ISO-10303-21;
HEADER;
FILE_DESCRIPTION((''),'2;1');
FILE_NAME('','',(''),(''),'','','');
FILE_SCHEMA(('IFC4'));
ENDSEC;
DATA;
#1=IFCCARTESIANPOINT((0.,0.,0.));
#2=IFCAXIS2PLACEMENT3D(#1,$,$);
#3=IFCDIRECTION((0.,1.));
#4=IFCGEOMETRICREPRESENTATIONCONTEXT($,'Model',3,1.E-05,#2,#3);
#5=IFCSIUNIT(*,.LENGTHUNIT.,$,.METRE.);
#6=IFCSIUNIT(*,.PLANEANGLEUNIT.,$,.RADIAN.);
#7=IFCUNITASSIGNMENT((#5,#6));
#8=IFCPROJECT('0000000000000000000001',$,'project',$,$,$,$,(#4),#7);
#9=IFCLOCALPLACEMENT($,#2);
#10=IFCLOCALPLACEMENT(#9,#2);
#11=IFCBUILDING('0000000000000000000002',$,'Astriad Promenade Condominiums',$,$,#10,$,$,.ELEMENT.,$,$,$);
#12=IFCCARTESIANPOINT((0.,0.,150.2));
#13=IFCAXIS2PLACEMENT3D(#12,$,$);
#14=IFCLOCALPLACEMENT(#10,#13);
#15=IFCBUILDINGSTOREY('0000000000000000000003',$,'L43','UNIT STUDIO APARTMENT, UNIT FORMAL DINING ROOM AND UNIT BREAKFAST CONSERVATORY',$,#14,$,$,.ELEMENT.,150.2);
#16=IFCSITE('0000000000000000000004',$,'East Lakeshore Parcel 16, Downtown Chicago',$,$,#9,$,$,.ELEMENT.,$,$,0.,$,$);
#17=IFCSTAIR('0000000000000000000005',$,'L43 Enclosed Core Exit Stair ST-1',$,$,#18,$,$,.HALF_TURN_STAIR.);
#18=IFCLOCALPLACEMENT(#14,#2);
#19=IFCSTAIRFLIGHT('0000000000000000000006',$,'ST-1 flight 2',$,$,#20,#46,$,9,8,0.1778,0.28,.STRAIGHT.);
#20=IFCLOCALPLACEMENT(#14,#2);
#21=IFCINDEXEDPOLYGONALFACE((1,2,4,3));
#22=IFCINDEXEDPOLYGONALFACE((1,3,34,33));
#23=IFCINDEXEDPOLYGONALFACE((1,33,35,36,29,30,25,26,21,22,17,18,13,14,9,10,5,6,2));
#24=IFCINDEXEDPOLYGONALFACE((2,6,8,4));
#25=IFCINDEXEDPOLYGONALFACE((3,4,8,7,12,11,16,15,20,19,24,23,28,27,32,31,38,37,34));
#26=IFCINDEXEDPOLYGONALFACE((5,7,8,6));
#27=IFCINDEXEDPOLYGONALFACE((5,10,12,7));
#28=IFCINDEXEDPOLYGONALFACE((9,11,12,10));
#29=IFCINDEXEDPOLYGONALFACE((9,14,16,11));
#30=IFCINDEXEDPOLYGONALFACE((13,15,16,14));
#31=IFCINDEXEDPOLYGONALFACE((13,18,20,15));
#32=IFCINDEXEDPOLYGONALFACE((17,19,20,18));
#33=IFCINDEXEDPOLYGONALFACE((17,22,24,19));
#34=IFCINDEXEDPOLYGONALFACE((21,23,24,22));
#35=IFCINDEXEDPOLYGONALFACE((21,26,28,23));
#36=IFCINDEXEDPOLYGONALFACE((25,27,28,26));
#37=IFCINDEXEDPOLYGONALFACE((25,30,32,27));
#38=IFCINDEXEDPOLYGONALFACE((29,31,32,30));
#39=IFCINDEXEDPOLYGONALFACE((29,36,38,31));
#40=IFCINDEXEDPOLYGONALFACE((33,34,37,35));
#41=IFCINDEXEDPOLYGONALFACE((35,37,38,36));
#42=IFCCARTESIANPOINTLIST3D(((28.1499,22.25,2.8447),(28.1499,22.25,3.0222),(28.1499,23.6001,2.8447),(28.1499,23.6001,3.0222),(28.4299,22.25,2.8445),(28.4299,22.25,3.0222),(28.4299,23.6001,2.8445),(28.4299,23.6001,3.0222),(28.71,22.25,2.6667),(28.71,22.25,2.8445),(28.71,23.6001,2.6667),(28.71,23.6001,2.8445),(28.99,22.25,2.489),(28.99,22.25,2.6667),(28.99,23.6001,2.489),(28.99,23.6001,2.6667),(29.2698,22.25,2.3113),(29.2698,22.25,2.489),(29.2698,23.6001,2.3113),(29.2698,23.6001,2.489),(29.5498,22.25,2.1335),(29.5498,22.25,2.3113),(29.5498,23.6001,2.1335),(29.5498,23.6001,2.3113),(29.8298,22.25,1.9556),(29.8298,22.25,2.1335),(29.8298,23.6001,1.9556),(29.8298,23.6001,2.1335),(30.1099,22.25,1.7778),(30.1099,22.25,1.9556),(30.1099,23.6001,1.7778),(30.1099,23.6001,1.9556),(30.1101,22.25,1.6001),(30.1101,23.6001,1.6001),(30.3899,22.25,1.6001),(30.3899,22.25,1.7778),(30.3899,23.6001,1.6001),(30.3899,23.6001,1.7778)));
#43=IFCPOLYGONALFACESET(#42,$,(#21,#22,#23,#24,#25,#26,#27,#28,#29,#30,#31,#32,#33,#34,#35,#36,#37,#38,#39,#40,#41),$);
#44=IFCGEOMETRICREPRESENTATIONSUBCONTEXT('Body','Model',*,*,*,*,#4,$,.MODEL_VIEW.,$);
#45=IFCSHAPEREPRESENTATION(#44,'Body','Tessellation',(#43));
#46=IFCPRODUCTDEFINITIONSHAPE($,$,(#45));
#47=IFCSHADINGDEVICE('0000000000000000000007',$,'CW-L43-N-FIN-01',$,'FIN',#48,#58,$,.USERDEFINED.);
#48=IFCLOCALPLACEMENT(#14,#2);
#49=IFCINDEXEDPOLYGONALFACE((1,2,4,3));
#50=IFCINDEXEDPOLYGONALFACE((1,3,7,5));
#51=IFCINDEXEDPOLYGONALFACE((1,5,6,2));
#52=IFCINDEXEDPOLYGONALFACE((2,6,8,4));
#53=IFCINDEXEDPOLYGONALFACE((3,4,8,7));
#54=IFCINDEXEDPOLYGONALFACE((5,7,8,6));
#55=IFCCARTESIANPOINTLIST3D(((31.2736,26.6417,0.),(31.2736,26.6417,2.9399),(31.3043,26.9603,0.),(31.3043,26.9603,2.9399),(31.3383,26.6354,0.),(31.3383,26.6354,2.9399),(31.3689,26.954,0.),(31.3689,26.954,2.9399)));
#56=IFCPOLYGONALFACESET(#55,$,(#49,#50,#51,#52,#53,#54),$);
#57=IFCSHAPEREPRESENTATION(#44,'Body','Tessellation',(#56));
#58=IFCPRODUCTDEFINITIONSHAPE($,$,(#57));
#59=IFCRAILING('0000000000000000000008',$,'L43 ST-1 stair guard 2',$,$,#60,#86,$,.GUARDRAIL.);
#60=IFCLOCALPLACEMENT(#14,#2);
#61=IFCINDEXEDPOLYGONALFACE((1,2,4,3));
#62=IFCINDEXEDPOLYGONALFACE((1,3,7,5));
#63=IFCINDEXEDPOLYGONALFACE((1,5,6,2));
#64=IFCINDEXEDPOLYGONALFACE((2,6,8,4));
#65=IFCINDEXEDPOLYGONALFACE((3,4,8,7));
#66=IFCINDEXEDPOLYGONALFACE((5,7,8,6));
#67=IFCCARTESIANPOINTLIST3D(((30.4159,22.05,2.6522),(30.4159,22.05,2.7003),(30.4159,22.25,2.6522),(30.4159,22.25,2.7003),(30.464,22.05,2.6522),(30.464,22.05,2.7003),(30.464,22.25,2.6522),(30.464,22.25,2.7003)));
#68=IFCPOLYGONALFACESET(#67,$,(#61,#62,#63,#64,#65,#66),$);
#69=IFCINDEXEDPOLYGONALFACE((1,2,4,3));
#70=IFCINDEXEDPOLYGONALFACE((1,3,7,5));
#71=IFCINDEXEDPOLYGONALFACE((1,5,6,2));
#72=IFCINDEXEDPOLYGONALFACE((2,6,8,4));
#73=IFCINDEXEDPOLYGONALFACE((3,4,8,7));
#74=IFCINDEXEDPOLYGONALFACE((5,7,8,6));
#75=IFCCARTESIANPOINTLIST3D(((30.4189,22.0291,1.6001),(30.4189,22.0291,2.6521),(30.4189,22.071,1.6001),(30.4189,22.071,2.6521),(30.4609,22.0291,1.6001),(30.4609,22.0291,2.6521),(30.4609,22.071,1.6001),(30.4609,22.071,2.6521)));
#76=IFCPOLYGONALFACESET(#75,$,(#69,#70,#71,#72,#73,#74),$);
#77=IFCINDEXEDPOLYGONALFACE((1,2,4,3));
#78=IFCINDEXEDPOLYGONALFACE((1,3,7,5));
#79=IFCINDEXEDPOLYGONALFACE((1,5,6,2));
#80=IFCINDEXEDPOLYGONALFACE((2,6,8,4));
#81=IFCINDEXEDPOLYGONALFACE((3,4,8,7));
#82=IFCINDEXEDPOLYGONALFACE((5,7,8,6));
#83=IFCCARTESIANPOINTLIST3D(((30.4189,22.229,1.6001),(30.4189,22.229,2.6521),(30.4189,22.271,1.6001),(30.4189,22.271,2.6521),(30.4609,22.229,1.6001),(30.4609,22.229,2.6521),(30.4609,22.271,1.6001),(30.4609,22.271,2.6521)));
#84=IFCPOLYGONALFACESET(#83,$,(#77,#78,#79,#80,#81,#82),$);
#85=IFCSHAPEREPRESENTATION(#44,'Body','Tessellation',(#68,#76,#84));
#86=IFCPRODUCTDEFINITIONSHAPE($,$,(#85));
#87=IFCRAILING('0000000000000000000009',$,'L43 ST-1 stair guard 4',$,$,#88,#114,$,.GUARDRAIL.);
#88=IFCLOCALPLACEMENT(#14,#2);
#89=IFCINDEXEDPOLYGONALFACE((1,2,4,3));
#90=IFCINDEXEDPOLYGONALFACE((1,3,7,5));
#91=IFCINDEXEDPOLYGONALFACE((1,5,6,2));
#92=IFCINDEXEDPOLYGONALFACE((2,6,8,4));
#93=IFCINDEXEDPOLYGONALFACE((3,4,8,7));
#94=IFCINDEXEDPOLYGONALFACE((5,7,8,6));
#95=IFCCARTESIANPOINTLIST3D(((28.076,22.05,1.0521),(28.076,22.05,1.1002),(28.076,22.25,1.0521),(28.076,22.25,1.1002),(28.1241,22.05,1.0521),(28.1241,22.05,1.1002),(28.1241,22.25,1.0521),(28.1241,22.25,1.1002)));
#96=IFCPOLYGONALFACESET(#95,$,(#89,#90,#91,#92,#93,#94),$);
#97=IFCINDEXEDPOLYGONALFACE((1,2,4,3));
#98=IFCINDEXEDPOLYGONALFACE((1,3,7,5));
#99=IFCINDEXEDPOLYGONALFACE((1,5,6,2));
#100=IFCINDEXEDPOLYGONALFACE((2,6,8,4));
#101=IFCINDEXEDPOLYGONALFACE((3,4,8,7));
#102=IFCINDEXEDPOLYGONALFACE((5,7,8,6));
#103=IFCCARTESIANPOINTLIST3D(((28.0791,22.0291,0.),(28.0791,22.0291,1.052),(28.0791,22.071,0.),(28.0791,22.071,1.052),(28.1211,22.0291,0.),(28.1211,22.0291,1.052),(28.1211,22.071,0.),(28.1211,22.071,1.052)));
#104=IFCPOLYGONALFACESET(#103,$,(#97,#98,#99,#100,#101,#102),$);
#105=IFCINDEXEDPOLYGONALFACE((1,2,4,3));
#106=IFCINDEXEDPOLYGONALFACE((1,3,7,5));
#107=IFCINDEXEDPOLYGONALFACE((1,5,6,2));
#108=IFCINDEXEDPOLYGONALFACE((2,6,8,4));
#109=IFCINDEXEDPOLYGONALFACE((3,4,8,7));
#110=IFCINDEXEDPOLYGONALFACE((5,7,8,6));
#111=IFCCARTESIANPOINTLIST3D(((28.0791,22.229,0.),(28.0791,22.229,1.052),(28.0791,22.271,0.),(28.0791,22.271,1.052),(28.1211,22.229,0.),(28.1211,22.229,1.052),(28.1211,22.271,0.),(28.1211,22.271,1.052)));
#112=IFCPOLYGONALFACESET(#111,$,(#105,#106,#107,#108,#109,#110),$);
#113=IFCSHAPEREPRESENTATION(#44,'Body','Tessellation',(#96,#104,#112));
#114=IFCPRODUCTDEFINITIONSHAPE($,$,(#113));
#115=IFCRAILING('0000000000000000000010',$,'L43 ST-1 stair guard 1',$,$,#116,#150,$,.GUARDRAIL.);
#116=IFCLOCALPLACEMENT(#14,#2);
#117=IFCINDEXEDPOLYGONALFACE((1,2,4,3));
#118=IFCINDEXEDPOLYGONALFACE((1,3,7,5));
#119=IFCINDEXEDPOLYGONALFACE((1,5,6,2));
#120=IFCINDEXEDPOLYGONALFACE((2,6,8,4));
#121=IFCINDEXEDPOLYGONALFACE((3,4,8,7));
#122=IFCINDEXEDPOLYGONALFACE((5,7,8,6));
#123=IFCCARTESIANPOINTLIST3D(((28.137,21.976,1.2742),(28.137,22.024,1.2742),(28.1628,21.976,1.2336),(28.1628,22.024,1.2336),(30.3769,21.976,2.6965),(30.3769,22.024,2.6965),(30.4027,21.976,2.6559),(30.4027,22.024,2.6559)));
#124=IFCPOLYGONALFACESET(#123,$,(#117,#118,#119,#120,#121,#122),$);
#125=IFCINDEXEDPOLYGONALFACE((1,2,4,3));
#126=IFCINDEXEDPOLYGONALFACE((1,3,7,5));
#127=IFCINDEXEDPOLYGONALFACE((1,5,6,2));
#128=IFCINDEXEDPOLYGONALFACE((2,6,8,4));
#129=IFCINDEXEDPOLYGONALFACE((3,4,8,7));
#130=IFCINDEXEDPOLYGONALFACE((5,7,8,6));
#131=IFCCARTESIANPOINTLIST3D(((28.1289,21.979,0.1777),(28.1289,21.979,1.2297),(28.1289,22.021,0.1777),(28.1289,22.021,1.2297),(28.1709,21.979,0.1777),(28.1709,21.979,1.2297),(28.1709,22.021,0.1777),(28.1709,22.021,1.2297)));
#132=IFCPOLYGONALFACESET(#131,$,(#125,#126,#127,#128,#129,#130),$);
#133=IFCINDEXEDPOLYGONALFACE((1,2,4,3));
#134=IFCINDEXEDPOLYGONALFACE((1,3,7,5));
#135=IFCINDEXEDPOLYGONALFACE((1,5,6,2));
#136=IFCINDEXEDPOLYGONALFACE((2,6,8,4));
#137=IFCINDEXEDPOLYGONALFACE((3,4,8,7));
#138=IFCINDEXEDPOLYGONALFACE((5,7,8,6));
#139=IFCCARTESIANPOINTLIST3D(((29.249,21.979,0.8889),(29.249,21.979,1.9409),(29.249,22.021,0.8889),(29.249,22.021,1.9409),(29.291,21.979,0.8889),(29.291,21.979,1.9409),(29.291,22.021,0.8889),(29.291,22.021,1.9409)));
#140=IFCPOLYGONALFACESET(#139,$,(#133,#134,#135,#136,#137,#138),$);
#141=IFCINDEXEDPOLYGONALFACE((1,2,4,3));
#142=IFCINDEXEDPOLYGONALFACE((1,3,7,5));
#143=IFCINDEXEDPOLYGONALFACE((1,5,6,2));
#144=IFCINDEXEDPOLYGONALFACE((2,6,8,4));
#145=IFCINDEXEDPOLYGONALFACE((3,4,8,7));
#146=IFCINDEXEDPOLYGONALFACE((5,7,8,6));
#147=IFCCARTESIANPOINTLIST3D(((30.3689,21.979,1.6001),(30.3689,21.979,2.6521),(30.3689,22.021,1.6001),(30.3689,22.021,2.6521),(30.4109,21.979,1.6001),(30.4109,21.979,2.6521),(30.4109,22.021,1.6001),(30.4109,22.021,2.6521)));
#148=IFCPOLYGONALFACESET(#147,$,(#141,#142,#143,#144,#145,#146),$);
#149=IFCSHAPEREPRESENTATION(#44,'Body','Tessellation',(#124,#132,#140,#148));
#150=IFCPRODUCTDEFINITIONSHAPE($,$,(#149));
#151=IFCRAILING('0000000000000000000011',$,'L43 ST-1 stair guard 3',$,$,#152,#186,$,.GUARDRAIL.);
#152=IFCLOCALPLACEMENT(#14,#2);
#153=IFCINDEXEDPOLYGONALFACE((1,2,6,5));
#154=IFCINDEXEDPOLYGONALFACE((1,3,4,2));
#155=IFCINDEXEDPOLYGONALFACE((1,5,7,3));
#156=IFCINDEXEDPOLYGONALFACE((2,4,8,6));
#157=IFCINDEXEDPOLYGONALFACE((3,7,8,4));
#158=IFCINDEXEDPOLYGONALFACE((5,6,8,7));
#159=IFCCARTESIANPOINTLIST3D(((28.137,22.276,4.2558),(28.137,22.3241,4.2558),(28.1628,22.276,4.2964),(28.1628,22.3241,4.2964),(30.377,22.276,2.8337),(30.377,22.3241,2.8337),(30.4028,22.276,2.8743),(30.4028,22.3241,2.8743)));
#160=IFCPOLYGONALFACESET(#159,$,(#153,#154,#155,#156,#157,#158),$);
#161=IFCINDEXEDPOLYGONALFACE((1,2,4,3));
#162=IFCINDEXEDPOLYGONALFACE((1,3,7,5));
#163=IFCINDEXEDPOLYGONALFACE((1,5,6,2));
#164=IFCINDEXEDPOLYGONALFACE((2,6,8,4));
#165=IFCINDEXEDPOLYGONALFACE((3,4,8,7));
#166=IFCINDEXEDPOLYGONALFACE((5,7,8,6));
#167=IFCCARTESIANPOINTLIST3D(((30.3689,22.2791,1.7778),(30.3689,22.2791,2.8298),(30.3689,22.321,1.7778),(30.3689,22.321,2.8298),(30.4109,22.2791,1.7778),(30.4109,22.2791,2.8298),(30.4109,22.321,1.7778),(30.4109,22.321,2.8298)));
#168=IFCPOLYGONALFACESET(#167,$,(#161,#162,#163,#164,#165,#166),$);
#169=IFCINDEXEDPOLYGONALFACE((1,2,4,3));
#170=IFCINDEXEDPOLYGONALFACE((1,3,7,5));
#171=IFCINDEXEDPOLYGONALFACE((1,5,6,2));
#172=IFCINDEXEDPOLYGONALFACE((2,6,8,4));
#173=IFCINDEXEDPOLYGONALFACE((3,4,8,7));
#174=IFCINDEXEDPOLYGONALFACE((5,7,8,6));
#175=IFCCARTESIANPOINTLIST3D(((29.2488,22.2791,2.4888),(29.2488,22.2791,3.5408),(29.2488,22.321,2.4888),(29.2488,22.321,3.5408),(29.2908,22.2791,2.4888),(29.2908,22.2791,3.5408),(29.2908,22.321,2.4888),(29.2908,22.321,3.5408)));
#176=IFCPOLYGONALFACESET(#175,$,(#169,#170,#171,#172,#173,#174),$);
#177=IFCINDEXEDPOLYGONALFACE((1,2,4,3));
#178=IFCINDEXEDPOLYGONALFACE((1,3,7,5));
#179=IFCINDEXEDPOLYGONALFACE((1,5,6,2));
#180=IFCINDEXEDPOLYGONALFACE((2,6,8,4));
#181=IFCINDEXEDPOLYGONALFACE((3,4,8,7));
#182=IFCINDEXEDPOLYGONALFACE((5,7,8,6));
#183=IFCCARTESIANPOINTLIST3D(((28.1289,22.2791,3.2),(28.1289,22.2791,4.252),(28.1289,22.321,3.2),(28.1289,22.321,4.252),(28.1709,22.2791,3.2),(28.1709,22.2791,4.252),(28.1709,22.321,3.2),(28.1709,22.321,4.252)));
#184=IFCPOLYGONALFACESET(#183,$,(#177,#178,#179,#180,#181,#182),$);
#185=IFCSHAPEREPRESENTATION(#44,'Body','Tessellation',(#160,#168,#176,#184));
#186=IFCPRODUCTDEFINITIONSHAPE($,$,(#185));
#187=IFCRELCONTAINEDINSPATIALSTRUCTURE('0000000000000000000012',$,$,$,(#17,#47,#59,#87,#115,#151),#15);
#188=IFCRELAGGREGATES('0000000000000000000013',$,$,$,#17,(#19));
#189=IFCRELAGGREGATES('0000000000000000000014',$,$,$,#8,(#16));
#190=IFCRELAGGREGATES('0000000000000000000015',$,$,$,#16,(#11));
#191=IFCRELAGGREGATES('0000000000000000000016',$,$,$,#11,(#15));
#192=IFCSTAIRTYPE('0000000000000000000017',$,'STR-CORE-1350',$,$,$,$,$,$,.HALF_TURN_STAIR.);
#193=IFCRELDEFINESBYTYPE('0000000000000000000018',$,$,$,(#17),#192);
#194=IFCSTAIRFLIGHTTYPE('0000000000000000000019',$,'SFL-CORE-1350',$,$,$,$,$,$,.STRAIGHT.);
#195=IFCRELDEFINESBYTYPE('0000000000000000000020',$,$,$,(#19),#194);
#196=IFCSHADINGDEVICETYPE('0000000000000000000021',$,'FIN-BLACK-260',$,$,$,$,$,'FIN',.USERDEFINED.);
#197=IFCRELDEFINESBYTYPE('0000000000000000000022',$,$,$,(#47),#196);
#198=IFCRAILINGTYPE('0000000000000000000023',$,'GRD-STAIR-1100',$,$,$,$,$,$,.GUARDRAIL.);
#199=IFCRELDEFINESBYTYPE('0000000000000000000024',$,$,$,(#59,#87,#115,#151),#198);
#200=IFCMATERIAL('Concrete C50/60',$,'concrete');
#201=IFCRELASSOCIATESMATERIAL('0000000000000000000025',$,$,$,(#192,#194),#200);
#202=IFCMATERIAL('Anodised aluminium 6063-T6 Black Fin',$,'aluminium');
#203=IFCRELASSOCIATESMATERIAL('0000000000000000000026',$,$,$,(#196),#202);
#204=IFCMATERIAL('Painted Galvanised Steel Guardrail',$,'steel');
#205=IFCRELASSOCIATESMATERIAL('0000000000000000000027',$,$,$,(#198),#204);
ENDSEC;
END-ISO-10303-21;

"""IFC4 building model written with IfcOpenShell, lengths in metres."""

from ifc_helpers import new_model, si_unit, direction, frame, origin, origin_2d, place, context, subcontext, project, spatial, polyline, rectangle, outline, extrude, source, transform, mapped, material, type_object, type_shapes, element, aggregate, save


model = new_model("IFC4")

# Units and contexts
model_context = context("Model", 3, precision=1e-05, world=origin(), true_north=direction((0.0, 1.0)))
body_context = subcontext(model_context, "Body", "Model", "MODEL_VIEW")
ifc_project = project(units=[si_unit("LENGTHUNIT", "METRE"), si_unit("PLANEANGLEUNIT", "RADIAN")], contexts=[model_context])

# Site, building, storey
site_placement = place(None, origin())
site = spatial("IfcSite", under=ifc_project, at=site_placement, Name="East Lakeshore Parcel 16, Downtown Chicago", CompositionType="ELEMENT", RefElevation=0.0)
building_placement = place(site_placement, origin())
building = spatial("IfcBuilding", under=site, at=building_placement, Name="Astriad Promenade Condominiums", CompositionType="ELEMENT")
storey_placement = place(building_placement, frame((0.0, 0.0, 150.2)))
storey = spatial("IfcBuildingStorey", under=building, at=storey_placement, Name="L43", Description="UNIT STUDIO APARTMENT, UNIT FORMAL DINING ROOM AND UNIT BREAKFAST CONSERVATORY", CompositionType="ELEMENT", Elevation=150.2)

# Shared definitions
ifc_material_1 = material(Name="Concrete C50/60", Category="concrete")

# Stair, stair flight
stair_type = type_object("IfcStairType", Name="STR-CORE-1350", PredefinedType="HALF_TURN_STAIR", material=ifc_material_1)
stair_placement = place(storey_placement, origin())
stair = element("IfcStair", 1, at=stair_placement, inside=storey, type_object=stair_type, Name="L43 Enclosed Core Exit Stair ST-1", PredefinedType="HALF_TURN_STAIR")
stair_flight_type = type_object("IfcStairFlightType", Name="SFL-CORE-1350", PredefinedType="STRAIGHT", material=ifc_material_1)
shared_shape_1 = source(origin(), body_context, "Body", "SweptSolid", [
    extrude(outline(polyline([(0.0, 0.0), (0.0, 0.1777), (0.28, 0.1777), (0.28, 0.3555), (0.5601, 0.3555), (0.5601, 0.5334), (0.8401, 0.5334), (0.8401, 0.7112), (1.1201, 0.7112), (1.1201, 0.8889), (1.3999, 0.8889), (1.3999, 1.0667), (1.6799, 1.0667), (1.6799, 1.2444), (1.96, 1.2444), (1.96, 1.4221), (2.24, 1.4221), (2.24, 1.6001), (2.24, 1.2446), (0.2798, 0.0), (0.0, 0.0)])), frame((0.0, 0.675, 0.0), z_axis=(0.0, -1.0, 0.0), x_axis=(1.0, 0.0, 0.0)), (0.0, 0.0, 1.0), 1.3501),
])
type_shapes(stair_flight_type, [shared_shape_1])
stair_flight_1_placement = place(storey_placement, frame((30.3899, 22.925, 1.6001), z_axis=(0.0, 0.0, 1.0), x_axis=(-1.0, 0.0, 0.0)))
stair_flight_1 = element("IfcStairFlight", 2, at=stair_flight_1_placement, type_object=stair_flight_type, Name="ST-1 flight 2", NumberOfRisers=9, NumberOfTreads=8, PredefinedType="STRAIGHT", RiserHeight=0.1778, TreadLength=0.28, context=body_context, shape_type="MappedRepresentation", body=[
    mapped(shared_shape_1, transform((0.0, 0.0, 0.0), scale=1.0)),
])
aggregate(stair, [stair_flight_1])

# Shading device
ifc_material_2 = material(Name="Anodised aluminium 6063-T6 Black Fin", Category="aluminium")
shading_device_type = type_object("IfcShadingDeviceType", Name="FIN-BLACK-260", ElementType="FIN", PredefinedType="USERDEFINED", material=ifc_material_2)
shared_shape_2 = source(origin(), body_context, "Body", "SweptSolid", [
    extrude(rectangle(XDim=0.0649, YDim=0.3201, at=origin_2d()), origin(), (0.0, 0.0, 1.0), 2.9399),
])
type_shapes(shading_device_type, [shared_shape_2])
shading_device_placement = place(storey_placement, frame((31.3213, 26.7979, 0.0), z_axis=(0.0, 0.0, 1.0), x_axis=(0.995396, -0.095846, 0.0)))
element("IfcShadingDevice", 3, at=shading_device_placement, inside=storey, type_object=shading_device_type, Name="CW-L43-N-FIN-01", ObjectType="FIN", PredefinedType="USERDEFINED", context=body_context, shape_type="MappedRepresentation", body=[
    mapped(shared_shape_2, transform((0.0, 0.0, 0.0), scale=1.0)),
])

# Railings
ifc_material_3 = material(Name="Painted Galvanised Steel Guardrail", Category="steel")
railing_type_1 = type_object("IfcRailingType", Name="GRD-STAIR-1100", PredefinedType="GUARDRAIL", material=ifc_material_3)
shared_shape_3 = source(origin(), body_context, "Body", "SweptSolid", [
    extrude(rectangle(XDim=0.0481, YDim=0.0481, at=origin_2d()), frame((0.0, 0.0, 1.0762), z_axis=(0.0, 1.0, 0.0), x_axis=(-1.0, 0.0, 0.0)), (0.0, 0.0, 1.0), 0.2),
    extrude(rectangle(XDim=0.042, YDim=0.042, at=origin_2d()), origin(), (0.0, 0.0, 1.0), 1.052),
    extrude(rectangle(XDim=0.042, YDim=0.042, at=origin_2d()), frame((0.0, 0.2, 0.0)), (0.0, 0.0, 1.0), 1.052),
])
for number, where, name in (
    (4, (30.4399, 22.05, 1.6001), "L43 ST-1 stair guard 2"),
    (5, (28.1001, 22.05, 0.0), "L43 ST-1 stair guard 4"),
):
    element("IfcRailing", number, at=place(storey_placement, frame(where)), inside=storey, type_object=railing_type_1, Name=name, PredefinedType="GUARDRAIL", context=body_context, shape_type="MappedRepresentation", body=[
        mapped(shared_shape_3, transform((0.0, 0.0, 0.0), scale=1.0)),
    ])
shared_shape_4 = source(origin(), body_context, "Body", "SweptSolid", [
    extrude(rectangle(XDim=0.0481, YDim=0.0481, at=origin_2d()), frame((0.0, 0.0, 1.0762), z_axis=(0.844188, 0.0, 0.536048), x_axis=(0.0, 1.0, 0.0)), (0.0, 0.0, 1.0), 2.6533),
    extrude(rectangle(XDim=0.042, YDim=0.042, at=origin_2d()), origin(), (0.0, 0.0, 1.0), 1.052),
    extrude(rectangle(XDim=0.042, YDim=0.042, at=origin_2d()), frame((1.1201, 0.0, 0.7112)), (0.0, 0.0, 1.0), 1.052),
    extrude(rectangle(XDim=0.042, YDim=0.042, at=origin_2d()), frame((2.24, 0.0, 1.4224)), (0.0, 0.0, 1.0), 1.052),
])
railing_1_placement = place(storey_placement, frame((28.1499, 22.0, 0.1777)))
element("IfcRailing", 6, at=railing_1_placement, inside=storey, type_object=railing_type_1, Name="L43 ST-1 stair guard 1", PredefinedType="GUARDRAIL", context=body_context, shape_type="MappedRepresentation", body=[
    mapped(shared_shape_4, transform((0.0, 0.0, 0.0), scale=1.0)),
])
shared_shape_5 = source(origin(), body_context, "Body", "SweptSolid", [
    extrude(rectangle(XDim=0.0481, YDim=0.0481, at=origin_2d()), frame((0.0, 0.0, 1.0762), z_axis=(-0.844229, 0.0, 0.535982), x_axis=(0.0, -1.0, 0.0)), (0.0, 0.0, 1.0), 2.6533),
    extrude(rectangle(XDim=0.042, YDim=0.042, at=origin_2d()), origin(), (0.0, 0.0, 1.0), 1.052),
    extrude(rectangle(XDim=0.042, YDim=0.042, at=origin_2d()), frame((-1.1201, 0.0, 0.7109)), (0.0, 0.0, 1.0), 1.052),
    extrude(rectangle(XDim=0.042, YDim=0.042, at=origin_2d()), frame((-2.24, 0.0, 1.4221)), (0.0, 0.0, 1.0), 1.052),
])
type_shapes(railing_type_1, [shared_shape_3, shared_shape_4, shared_shape_5])
railing_2_placement = place(storey_placement, frame((30.3899, 22.3, 1.7778)))
element("IfcRailing", 7, at=railing_2_placement, inside=storey, type_object=railing_type_1, Name="L43 ST-1 stair guard 3", PredefinedType="GUARDRAIL", context=body_context, shape_type="MappedRepresentation", body=[
    mapped(shared_shape_5, transform((0.0, 0.0, 0.0), scale=1.0)),
])

save(model, "model.ifc")
